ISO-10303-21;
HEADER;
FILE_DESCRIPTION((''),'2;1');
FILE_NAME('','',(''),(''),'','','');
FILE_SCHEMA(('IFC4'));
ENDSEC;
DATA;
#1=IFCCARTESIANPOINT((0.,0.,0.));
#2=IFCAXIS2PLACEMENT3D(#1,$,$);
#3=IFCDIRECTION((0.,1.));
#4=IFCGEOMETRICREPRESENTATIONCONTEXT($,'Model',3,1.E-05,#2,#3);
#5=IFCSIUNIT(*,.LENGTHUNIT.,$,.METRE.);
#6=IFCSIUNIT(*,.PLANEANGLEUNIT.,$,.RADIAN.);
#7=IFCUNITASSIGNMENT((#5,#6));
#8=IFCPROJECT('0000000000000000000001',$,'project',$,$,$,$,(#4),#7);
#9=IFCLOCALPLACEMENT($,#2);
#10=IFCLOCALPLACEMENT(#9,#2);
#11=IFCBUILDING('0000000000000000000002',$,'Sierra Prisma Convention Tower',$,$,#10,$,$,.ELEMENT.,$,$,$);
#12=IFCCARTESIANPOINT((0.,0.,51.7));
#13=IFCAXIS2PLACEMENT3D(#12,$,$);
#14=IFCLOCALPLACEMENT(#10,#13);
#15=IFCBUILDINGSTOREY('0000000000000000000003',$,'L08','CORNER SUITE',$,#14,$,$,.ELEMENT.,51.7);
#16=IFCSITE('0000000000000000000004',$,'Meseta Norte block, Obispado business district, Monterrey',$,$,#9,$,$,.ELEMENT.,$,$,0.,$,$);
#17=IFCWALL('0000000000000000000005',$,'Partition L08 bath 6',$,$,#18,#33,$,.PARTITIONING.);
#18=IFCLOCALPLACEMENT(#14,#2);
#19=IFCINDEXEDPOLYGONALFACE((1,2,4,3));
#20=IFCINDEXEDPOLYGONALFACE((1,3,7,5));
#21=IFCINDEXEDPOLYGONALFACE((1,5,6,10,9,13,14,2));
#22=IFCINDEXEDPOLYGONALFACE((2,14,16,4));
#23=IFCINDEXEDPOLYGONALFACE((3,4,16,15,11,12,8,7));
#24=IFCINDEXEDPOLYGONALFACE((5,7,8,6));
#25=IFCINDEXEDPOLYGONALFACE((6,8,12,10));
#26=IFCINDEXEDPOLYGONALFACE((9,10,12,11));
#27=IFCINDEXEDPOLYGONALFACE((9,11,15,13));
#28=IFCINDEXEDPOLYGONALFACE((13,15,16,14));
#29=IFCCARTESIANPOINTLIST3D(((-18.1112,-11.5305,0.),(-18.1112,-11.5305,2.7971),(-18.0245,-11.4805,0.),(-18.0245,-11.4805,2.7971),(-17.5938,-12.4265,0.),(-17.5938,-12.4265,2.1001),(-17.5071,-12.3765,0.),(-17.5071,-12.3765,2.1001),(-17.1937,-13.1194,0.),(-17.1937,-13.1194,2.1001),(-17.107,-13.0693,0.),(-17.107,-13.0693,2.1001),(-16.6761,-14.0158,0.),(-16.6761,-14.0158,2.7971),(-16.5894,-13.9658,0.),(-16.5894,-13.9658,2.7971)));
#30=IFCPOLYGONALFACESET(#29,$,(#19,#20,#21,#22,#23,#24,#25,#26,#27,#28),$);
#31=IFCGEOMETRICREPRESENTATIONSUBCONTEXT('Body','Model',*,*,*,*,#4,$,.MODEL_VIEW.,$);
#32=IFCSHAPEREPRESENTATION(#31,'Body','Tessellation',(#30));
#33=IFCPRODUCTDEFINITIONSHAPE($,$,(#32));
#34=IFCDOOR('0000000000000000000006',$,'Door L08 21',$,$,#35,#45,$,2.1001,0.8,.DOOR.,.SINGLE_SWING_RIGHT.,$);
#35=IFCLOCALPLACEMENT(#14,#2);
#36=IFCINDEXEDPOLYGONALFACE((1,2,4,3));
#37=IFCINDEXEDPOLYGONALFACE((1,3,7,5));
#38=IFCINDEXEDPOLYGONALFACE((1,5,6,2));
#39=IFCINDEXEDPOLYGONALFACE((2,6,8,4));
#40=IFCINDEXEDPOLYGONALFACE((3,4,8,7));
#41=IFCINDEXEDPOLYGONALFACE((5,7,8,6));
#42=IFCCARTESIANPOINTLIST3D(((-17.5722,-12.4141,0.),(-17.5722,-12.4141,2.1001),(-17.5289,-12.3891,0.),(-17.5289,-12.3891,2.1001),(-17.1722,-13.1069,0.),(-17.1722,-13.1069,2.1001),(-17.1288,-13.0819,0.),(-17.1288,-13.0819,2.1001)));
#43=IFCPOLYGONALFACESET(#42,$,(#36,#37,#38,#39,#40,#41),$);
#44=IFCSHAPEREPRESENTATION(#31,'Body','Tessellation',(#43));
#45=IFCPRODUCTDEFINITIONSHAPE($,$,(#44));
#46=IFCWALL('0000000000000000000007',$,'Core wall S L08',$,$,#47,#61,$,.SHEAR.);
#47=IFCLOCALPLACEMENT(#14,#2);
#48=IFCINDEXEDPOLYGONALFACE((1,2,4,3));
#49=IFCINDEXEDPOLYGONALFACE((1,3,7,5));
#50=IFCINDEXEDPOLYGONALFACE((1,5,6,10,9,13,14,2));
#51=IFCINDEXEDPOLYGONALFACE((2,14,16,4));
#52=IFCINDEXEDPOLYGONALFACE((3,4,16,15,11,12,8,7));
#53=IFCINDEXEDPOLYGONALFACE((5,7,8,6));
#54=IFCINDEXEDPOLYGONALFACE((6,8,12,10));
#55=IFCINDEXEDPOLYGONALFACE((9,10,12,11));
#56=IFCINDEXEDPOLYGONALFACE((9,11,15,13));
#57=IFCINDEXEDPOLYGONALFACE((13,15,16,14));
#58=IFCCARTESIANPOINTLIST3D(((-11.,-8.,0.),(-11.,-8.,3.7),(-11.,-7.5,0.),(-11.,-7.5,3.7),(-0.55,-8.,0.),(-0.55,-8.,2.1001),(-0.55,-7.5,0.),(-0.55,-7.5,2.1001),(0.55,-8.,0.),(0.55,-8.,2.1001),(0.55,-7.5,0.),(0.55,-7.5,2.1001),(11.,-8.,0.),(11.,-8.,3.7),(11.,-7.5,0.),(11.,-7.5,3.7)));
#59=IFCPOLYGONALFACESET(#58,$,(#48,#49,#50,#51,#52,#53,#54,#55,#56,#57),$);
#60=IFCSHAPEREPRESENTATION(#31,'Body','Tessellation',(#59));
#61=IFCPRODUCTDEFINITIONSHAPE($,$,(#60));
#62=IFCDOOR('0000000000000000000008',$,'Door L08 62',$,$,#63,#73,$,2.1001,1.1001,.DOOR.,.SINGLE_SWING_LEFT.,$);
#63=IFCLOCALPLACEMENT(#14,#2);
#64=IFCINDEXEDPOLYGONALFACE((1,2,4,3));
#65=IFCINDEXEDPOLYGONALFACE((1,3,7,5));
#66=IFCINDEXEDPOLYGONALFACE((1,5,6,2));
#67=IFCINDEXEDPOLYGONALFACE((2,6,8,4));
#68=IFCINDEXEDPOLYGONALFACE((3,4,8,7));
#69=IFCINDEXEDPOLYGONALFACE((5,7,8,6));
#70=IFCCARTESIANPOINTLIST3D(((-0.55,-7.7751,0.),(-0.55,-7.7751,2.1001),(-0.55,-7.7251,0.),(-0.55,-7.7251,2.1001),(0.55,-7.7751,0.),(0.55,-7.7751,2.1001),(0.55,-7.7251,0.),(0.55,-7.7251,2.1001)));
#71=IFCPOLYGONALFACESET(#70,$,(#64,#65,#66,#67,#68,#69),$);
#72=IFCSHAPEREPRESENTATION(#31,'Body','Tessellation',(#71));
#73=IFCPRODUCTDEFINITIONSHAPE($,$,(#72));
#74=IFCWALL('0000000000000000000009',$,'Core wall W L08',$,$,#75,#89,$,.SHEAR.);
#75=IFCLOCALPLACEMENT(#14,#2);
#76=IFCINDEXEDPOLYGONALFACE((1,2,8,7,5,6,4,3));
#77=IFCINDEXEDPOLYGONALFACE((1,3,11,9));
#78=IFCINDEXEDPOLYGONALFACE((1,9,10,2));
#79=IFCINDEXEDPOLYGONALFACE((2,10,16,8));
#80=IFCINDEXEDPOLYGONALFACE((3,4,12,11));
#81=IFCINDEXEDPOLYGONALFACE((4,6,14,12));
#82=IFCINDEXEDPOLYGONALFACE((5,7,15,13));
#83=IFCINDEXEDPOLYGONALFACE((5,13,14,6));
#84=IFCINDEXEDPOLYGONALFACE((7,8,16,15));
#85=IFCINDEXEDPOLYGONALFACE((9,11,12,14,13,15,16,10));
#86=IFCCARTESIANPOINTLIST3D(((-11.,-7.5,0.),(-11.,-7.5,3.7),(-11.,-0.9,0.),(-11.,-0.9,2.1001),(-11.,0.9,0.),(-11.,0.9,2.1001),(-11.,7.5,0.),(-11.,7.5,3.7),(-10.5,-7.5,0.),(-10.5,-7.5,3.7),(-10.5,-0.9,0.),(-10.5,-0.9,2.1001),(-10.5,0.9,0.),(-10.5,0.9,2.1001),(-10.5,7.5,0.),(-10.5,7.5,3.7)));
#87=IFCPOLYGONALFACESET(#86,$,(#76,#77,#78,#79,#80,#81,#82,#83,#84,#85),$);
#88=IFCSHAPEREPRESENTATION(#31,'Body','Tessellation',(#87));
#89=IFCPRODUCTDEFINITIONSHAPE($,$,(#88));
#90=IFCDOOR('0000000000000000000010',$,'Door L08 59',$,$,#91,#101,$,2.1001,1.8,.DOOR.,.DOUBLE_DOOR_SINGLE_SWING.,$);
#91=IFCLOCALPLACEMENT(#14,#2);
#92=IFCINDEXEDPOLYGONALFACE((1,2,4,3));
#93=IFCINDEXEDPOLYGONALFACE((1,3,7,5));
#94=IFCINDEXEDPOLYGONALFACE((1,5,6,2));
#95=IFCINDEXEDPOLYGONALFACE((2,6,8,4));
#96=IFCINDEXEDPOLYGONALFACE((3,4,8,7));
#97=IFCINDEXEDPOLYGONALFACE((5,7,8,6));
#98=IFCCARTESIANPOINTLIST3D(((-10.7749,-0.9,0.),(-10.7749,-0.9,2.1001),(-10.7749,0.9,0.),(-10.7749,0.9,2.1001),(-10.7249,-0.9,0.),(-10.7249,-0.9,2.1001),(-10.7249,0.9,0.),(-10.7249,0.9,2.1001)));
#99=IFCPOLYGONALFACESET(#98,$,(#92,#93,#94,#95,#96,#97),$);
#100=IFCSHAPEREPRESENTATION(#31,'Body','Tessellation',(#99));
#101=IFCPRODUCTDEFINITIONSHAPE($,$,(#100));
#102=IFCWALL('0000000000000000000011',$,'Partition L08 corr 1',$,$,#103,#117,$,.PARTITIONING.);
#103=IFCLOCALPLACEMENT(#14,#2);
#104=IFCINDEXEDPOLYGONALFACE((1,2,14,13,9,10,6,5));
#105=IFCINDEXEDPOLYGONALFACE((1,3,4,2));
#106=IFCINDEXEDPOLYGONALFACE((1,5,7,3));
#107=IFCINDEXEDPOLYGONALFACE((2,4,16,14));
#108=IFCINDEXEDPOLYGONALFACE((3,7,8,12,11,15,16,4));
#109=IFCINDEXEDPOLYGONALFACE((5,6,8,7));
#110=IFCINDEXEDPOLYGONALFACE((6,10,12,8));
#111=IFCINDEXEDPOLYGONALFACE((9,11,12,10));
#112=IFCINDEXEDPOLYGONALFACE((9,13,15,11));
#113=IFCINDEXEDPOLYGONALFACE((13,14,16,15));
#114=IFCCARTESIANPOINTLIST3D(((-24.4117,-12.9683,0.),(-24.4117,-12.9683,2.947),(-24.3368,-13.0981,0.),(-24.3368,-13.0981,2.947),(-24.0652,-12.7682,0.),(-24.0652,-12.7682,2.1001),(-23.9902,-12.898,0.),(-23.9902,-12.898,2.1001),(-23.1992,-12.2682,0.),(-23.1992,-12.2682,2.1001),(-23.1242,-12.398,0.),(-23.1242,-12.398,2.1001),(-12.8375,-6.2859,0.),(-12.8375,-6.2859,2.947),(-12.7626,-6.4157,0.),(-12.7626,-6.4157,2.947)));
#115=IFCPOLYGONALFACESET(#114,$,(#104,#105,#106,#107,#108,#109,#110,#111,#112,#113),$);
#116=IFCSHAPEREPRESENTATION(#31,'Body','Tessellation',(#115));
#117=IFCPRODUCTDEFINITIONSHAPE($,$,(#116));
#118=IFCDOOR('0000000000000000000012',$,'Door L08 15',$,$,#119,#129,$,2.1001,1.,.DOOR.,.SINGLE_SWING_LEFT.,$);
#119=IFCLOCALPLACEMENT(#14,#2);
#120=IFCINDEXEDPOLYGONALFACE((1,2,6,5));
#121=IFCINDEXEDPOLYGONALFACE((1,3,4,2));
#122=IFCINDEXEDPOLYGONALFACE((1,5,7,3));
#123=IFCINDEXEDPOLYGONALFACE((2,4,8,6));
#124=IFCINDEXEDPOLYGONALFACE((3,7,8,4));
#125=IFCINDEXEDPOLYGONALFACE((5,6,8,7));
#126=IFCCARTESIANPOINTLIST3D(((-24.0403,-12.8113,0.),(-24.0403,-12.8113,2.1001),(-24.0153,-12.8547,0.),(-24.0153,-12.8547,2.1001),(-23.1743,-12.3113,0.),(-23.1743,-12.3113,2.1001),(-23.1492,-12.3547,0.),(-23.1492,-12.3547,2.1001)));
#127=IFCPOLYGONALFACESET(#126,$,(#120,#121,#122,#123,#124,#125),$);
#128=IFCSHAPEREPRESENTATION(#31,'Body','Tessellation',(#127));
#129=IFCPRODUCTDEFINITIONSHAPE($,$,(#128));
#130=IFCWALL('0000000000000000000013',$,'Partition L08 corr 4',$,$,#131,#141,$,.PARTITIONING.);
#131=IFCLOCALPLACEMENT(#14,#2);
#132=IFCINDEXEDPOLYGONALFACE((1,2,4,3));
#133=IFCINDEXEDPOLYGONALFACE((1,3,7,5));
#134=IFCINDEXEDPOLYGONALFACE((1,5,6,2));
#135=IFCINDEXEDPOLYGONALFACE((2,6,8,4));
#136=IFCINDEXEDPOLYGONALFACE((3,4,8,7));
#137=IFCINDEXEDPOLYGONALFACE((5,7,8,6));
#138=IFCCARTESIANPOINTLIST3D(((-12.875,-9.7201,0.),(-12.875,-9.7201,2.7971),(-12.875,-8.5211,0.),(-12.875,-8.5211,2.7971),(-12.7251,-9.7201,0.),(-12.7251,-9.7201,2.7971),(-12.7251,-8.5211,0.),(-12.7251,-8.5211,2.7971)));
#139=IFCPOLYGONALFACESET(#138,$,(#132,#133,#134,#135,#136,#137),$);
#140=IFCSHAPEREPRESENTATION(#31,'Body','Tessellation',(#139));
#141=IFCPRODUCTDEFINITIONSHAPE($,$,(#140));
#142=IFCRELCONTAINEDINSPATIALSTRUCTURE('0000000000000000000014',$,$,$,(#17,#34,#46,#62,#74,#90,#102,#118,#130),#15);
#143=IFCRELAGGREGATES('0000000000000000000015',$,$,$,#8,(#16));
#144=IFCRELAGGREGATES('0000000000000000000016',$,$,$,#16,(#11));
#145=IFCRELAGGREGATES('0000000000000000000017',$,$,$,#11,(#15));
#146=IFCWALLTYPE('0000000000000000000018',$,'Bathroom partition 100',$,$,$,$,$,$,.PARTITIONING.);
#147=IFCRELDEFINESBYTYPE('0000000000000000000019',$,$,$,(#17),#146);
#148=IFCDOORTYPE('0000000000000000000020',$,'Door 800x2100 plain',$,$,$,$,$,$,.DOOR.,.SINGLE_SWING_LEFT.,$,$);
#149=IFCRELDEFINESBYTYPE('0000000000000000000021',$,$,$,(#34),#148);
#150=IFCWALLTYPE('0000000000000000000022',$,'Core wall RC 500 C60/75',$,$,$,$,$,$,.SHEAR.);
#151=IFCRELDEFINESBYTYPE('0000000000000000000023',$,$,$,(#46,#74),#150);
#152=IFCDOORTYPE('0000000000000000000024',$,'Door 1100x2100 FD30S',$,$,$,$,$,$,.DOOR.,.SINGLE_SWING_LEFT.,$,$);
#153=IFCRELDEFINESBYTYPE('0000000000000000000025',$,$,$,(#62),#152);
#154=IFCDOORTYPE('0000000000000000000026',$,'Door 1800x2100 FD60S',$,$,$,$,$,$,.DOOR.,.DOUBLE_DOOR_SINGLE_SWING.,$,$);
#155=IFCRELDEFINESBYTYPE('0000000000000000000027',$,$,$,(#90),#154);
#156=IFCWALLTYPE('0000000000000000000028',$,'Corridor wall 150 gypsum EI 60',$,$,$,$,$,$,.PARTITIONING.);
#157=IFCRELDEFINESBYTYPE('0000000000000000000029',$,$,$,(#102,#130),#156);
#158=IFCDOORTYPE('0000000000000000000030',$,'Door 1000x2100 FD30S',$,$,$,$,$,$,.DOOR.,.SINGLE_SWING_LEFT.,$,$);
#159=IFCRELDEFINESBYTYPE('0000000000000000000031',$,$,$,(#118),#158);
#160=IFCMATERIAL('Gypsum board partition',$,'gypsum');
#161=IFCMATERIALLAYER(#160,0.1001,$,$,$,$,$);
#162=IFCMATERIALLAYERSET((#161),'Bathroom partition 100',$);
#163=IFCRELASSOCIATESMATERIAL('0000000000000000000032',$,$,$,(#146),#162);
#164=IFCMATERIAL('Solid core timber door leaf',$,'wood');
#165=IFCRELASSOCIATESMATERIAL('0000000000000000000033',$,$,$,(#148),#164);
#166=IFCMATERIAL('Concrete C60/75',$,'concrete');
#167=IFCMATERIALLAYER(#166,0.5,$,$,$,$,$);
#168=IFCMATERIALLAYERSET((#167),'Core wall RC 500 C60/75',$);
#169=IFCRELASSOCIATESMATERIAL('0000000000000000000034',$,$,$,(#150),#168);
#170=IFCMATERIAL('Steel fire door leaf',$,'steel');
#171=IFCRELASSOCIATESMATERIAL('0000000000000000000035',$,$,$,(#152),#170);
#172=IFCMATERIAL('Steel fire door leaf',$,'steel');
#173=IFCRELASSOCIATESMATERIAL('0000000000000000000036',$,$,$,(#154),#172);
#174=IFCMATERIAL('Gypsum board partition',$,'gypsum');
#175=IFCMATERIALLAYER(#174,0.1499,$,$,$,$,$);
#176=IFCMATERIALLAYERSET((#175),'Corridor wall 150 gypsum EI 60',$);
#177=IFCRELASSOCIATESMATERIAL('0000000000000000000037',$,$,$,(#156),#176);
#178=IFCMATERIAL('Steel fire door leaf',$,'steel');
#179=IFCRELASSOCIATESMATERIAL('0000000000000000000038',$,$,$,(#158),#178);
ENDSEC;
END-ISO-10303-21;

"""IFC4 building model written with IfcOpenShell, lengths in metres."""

from ifc_helpers import new_model, si_unit, direction, frame, frame_2d, origin, place, context, subcontext, project, spatial, rectangle, extrude, material, layer, layer_set, type_object, element, fill, save


model = new_model("IFC4")

# Units and contexts
model_context = context("Model", 3, precision=1e-05, world=origin(), true_north=direction((0.0, 1.0)))
body_context = subcontext(model_context, "Body", "Model", "MODEL_VIEW")
ifc_project = project(units=[si_unit("LENGTHUNIT", "METRE"), si_unit("PLANEANGLEUNIT", "RADIAN")], contexts=[model_context])

# Site, building, storey
site_placement = place(None, origin())
site = spatial("IfcSite", under=ifc_project, at=site_placement, Name="Meseta Norte block, Obispado business district, Monterrey", CompositionType="ELEMENT", RefElevation=0.0)
building_placement = place(site_placement, origin())
building = spatial("IfcBuilding", under=site, at=building_placement, Name="Sierra Prisma Convention Tower", CompositionType="ELEMENT")
storey_placement = place(building_placement, frame((0.0, 0.0, 51.7)))
storey = spatial("IfcBuildingStorey", under=building, at=storey_placement, Name="L08", Description="CORNER SUITE", CompositionType="ELEMENT", Elevation=51.7)

# Walls, openings, doors
ifc_material_1 = material(Name="Gypsum board partition", Category="gypsum")
ifc_layer_1 = layer(ifc_material_1, 0.1001)
ifc_layer_set_1 = layer_set([ifc_layer_1], Name="Bathroom partition 100")
wall_type_1 = type_object("IfcWallType", Name="Bathroom partition 100", PredefinedType="PARTITIONING", material=ifc_layer_set_1)
wall_1_placement = place(storey_placement, frame((-18.0679, -11.5054, 0.0), z_axis=(0.0, 0.0, 1.0), x_axis=(0.500037, -0.866004, 0.0)))
wall_1 = element("IfcWall", 1, at=wall_1_placement, inside=storey, type_object=wall_type_1, Name="Partition L08 bath 6", PredefinedType="PARTITIONING", context=body_context, shape_type="SweptSolid", body=[
    extrude(rectangle(XDim=2.8699, YDim=0.1001, at=frame_2d((1.4351, 0.0))), origin(), (0.0, 0.0, 1.0), 2.7971),
])
opening_1_placement = place(wall_1_placement, frame((1.0349, 0.0, 0.0)))
opening_1 = element("IfcOpeningElement", 2, at=opening_1_placement, cuts=wall_1, PredefinedType="OPENING", context=body_context, shape_type="SweptSolid", body=[
    extrude(rectangle(XDim=0.8, YDim=2.1001, at=frame_2d((0.3999, 1.05))), frame((0.0, 0.05, 0.0), z_axis=(0.0, -1.0, 0.0), x_axis=(1.0, 0.0, 0.0)), (0.0, 0.0, 1.0), 0.1001),
])
ifc_material_2 = material(Name="Solid core timber door leaf", Category="wood")
door_type_1 = type_object("IfcDoorType", Name="Door 800x2100 plain", OperationType="SINGLE_SWING_LEFT", PredefinedType="DOOR", material=ifc_material_2)
door_1_placement = place(opening_1_placement, origin())
door_1 = element("IfcDoor", 3, at=door_1_placement, inside=storey, type_object=door_type_1, Name="Door L08 21", OperationType="SINGLE_SWING_RIGHT", OverallHeight=2.1001, OverallWidth=0.8, PredefinedType="DOOR", context=body_context, shape_type="SweptSolid", body=[
    extrude(rectangle(XDim=0.8, YDim=2.1001, at=frame_2d((0.3999, 1.05))), frame((0.0, 0.0249, 0.0), z_axis=(0.0, -1.0, 0.0), x_axis=(1.0, 0.0, 0.0)), (0.0, 0.0, 1.0), 0.05),
])
fill(opening_1, door_1)
ifc_material_3 = material(Name="Concrete C60/75", Category="concrete")
ifc_layer_2 = layer(ifc_material_3, 0.5)
ifc_layer_set_2 = layer_set([ifc_layer_2], Name="Core wall RC 500 C60/75")
wall_type_2 = type_object("IfcWallType", Name="Core wall RC 500 C60/75", PredefinedType="SHEAR", material=ifc_layer_set_2)
wall_2_placement = place(storey_placement, frame((-11.0, -7.75, 0.0), z_axis=(0.0, 0.0, 1.0), x_axis=(1.0, 0.0, 0.0)))
wall_2 = element("IfcWall", 4, at=wall_2_placement, inside=storey, type_object=wall_type_2, Name="Core wall S L08", PredefinedType="SHEAR", context=body_context, shape_type="SweptSolid", body=[
    extrude(rectangle(XDim=22.0, YDim=0.5, at=frame_2d((11.0, 0.0))), origin(), (0.0, 0.0, 1.0), 3.7),
])
opening_2_placement = place(wall_2_placement, frame((10.45, 0.0, 0.0)))
opening_2 = element("IfcOpeningElement", 5, at=opening_2_placement, cuts=wall_2, PredefinedType="OPENING", context=body_context, shape_type="SweptSolid", body=[
    extrude(rectangle(XDim=1.1001, YDim=2.1001, at=frame_2d((0.55, 1.05))), frame((0.0, 0.25, 0.0), z_axis=(0.0, -1.0, 0.0), x_axis=(1.0, 0.0, 0.0)), (0.0, 0.0, 1.0), 0.5),
])
ifc_material_4 = material(Name="Steel fire door leaf", Category="steel")
door_type_2 = type_object("IfcDoorType", Name="Door 1100x2100 FD30S", OperationType="SINGLE_SWING_LEFT", PredefinedType="DOOR", material=ifc_material_4)
door_2_placement = place(opening_2_placement, origin())
door_2 = element("IfcDoor", 6, at=door_2_placement, inside=storey, type_object=door_type_2, Name="Door L08 62", OperationType="SINGLE_SWING_LEFT", OverallHeight=2.1001, OverallWidth=1.1001, PredefinedType="DOOR", context=body_context, shape_type="SweptSolid", body=[
    extrude(rectangle(XDim=1.1001, YDim=2.1001, at=frame_2d((0.55, 1.05))), frame((0.0, 0.0249, 0.0), z_axis=(0.0, -1.0, 0.0), x_axis=(1.0, 0.0, 0.0)), (0.0, 0.0, 1.0), 0.05),
])
fill(opening_2, door_2)
wall_3_placement = place(storey_placement, frame((-10.75, -7.5, 0.0), z_axis=(0.0, 0.0, 1.0), x_axis=(0.0, 1.0, 0.0)))
wall_3 = element("IfcWall", 7, at=wall_3_placement, inside=storey, type_object=wall_type_2, Name="Core wall W L08", PredefinedType="SHEAR", context=body_context, shape_type="SweptSolid", body=[
    extrude(rectangle(XDim=15.0, YDim=0.5, at=frame_2d((7.5, 0.0))), origin(), (0.0, 0.0, 1.0), 3.7),
])
opening_3_placement = place(wall_3_placement, frame((6.6001, 0.0, 0.0)))
opening_3 = element("IfcOpeningElement", 8, at=opening_3_placement, cuts=wall_3, PredefinedType="OPENING", context=body_context, shape_type="SweptSolid", body=[
    extrude(rectangle(XDim=1.8, YDim=2.1001, at=frame_2d((0.8999, 1.05))), frame((0.0, 0.25, 0.0), z_axis=(0.0, -1.0, 0.0), x_axis=(1.0, 0.0, 0.0)), (0.0, 0.0, 1.0), 0.5),
])
ifc_material_5 = material(Name="Steel fire door leaf", Category="steel")
door_type_3 = type_object("IfcDoorType", Name="Door 1800x2100 FD60S", OperationType="DOUBLE_DOOR_SINGLE_SWING", PredefinedType="DOOR", material=ifc_material_5)
door_3_placement = place(opening_3_placement, origin())
door_3 = element("IfcDoor", 9, at=door_3_placement, inside=storey, type_object=door_type_3, Name="Door L08 59", OperationType="DOUBLE_DOOR_SINGLE_SWING", OverallHeight=2.1001, OverallWidth=1.8, PredefinedType="DOOR", context=body_context, shape_type="SweptSolid", body=[
    extrude(rectangle(XDim=1.8, YDim=2.1001, at=frame_2d((0.8999, 1.05))), frame((0.0, 0.0249, 0.0), z_axis=(0.0, -1.0, 0.0), x_axis=(1.0, 0.0, 0.0)), (0.0, 0.0, 1.0), 0.05),
])
fill(opening_3, door_3)
ifc_material_6 = material(Name="Gypsum board partition", Category="gypsum")
ifc_layer_3 = layer(ifc_material_6, 0.1499)
ifc_layer_set_3 = layer_set([ifc_layer_3], Name="Corridor wall 150 gypsum EI 60")
wall_type_3 = type_object("IfcWallType", Name="Corridor wall 150 gypsum EI 60", PredefinedType="PARTITIONING", material=ifc_layer_set_3)
wall_4_placement = place(storey_placement, frame((-12.8, -6.3508, 0.0), z_axis=(0.0, 0.0, 1.0), x_axis=(-0.866026, -0.5, 0.0)))
wall_4 = element("IfcWall", 10, at=wall_4_placement, inside=storey, type_object=wall_type_3, Name="Partition L08 corr 1", PredefinedType="PARTITIONING", context=body_context, shape_type="SweptSolid", body=[
    extrude(rectangle(XDim=13.3647, YDim=0.1499, at=frame_2d((6.6824, 0.0))), origin(), (0.0, 0.0, 1.0), 2.947),
])
opening_4_placement = place(wall_4_placement, frame((11.9646, 0.0, 0.0)))
opening_4 = element("IfcOpeningElement", 11, at=opening_4_placement, cuts=wall_4, PredefinedType="OPENING", context=body_context, shape_type="SweptSolid", body=[
    extrude(rectangle(XDim=1.0, YDim=2.1001, at=frame_2d((0.5, 1.05))), frame((0.0, 0.075, 0.0), z_axis=(0.0, -1.0, 0.0), x_axis=(1.0, 0.0, 0.0)), (0.0, 0.0, 1.0), 0.1499),
])
ifc_material_7 = material(Name="Steel fire door leaf", Category="steel")
door_type_4 = type_object("IfcDoorType", Name="Door 1000x2100 FD30S", OperationType="SINGLE_SWING_LEFT", PredefinedType="DOOR", material=ifc_material_7)
door_4_placement = place(opening_4_placement, origin())
door_4 = element("IfcDoor", 12, at=door_4_placement, inside=storey, type_object=door_type_4, Name="Door L08 15", OperationType="SINGLE_SWING_LEFT", OverallHeight=2.1001, OverallWidth=1.0, PredefinedType="DOOR", context=body_context, shape_type="SweptSolid", body=[
    extrude(rectangle(XDim=1.0, YDim=2.1001, at=frame_2d((0.5, 1.05))), frame((0.0, 0.0249, 0.0), z_axis=(0.0, -1.0, 0.0), x_axis=(1.0, 0.0, 0.0)), (0.0, 0.0, 1.0), 0.05),
])
fill(opening_4, door_4)

# Wall
wall_5_placement = place(storey_placement, frame((-12.8, -8.521, 0.0), z_axis=(0.0, 0.0, 1.0), x_axis=(0.0, -1.0, 0.0)))
element("IfcWall", 13, at=wall_5_placement, inside=storey, type_object=wall_type_3, Name="Partition L08 corr 4", PredefinedType="PARTITIONING", context=body_context, shape_type="SweptSolid", body=[
    extrude(rectangle(XDim=1.199, YDim=0.1499, at=frame_2d((0.5996, 0.0))), origin(), (0.0, 0.0, 1.0), 2.7971),
])

save(model, "model.ifc")
